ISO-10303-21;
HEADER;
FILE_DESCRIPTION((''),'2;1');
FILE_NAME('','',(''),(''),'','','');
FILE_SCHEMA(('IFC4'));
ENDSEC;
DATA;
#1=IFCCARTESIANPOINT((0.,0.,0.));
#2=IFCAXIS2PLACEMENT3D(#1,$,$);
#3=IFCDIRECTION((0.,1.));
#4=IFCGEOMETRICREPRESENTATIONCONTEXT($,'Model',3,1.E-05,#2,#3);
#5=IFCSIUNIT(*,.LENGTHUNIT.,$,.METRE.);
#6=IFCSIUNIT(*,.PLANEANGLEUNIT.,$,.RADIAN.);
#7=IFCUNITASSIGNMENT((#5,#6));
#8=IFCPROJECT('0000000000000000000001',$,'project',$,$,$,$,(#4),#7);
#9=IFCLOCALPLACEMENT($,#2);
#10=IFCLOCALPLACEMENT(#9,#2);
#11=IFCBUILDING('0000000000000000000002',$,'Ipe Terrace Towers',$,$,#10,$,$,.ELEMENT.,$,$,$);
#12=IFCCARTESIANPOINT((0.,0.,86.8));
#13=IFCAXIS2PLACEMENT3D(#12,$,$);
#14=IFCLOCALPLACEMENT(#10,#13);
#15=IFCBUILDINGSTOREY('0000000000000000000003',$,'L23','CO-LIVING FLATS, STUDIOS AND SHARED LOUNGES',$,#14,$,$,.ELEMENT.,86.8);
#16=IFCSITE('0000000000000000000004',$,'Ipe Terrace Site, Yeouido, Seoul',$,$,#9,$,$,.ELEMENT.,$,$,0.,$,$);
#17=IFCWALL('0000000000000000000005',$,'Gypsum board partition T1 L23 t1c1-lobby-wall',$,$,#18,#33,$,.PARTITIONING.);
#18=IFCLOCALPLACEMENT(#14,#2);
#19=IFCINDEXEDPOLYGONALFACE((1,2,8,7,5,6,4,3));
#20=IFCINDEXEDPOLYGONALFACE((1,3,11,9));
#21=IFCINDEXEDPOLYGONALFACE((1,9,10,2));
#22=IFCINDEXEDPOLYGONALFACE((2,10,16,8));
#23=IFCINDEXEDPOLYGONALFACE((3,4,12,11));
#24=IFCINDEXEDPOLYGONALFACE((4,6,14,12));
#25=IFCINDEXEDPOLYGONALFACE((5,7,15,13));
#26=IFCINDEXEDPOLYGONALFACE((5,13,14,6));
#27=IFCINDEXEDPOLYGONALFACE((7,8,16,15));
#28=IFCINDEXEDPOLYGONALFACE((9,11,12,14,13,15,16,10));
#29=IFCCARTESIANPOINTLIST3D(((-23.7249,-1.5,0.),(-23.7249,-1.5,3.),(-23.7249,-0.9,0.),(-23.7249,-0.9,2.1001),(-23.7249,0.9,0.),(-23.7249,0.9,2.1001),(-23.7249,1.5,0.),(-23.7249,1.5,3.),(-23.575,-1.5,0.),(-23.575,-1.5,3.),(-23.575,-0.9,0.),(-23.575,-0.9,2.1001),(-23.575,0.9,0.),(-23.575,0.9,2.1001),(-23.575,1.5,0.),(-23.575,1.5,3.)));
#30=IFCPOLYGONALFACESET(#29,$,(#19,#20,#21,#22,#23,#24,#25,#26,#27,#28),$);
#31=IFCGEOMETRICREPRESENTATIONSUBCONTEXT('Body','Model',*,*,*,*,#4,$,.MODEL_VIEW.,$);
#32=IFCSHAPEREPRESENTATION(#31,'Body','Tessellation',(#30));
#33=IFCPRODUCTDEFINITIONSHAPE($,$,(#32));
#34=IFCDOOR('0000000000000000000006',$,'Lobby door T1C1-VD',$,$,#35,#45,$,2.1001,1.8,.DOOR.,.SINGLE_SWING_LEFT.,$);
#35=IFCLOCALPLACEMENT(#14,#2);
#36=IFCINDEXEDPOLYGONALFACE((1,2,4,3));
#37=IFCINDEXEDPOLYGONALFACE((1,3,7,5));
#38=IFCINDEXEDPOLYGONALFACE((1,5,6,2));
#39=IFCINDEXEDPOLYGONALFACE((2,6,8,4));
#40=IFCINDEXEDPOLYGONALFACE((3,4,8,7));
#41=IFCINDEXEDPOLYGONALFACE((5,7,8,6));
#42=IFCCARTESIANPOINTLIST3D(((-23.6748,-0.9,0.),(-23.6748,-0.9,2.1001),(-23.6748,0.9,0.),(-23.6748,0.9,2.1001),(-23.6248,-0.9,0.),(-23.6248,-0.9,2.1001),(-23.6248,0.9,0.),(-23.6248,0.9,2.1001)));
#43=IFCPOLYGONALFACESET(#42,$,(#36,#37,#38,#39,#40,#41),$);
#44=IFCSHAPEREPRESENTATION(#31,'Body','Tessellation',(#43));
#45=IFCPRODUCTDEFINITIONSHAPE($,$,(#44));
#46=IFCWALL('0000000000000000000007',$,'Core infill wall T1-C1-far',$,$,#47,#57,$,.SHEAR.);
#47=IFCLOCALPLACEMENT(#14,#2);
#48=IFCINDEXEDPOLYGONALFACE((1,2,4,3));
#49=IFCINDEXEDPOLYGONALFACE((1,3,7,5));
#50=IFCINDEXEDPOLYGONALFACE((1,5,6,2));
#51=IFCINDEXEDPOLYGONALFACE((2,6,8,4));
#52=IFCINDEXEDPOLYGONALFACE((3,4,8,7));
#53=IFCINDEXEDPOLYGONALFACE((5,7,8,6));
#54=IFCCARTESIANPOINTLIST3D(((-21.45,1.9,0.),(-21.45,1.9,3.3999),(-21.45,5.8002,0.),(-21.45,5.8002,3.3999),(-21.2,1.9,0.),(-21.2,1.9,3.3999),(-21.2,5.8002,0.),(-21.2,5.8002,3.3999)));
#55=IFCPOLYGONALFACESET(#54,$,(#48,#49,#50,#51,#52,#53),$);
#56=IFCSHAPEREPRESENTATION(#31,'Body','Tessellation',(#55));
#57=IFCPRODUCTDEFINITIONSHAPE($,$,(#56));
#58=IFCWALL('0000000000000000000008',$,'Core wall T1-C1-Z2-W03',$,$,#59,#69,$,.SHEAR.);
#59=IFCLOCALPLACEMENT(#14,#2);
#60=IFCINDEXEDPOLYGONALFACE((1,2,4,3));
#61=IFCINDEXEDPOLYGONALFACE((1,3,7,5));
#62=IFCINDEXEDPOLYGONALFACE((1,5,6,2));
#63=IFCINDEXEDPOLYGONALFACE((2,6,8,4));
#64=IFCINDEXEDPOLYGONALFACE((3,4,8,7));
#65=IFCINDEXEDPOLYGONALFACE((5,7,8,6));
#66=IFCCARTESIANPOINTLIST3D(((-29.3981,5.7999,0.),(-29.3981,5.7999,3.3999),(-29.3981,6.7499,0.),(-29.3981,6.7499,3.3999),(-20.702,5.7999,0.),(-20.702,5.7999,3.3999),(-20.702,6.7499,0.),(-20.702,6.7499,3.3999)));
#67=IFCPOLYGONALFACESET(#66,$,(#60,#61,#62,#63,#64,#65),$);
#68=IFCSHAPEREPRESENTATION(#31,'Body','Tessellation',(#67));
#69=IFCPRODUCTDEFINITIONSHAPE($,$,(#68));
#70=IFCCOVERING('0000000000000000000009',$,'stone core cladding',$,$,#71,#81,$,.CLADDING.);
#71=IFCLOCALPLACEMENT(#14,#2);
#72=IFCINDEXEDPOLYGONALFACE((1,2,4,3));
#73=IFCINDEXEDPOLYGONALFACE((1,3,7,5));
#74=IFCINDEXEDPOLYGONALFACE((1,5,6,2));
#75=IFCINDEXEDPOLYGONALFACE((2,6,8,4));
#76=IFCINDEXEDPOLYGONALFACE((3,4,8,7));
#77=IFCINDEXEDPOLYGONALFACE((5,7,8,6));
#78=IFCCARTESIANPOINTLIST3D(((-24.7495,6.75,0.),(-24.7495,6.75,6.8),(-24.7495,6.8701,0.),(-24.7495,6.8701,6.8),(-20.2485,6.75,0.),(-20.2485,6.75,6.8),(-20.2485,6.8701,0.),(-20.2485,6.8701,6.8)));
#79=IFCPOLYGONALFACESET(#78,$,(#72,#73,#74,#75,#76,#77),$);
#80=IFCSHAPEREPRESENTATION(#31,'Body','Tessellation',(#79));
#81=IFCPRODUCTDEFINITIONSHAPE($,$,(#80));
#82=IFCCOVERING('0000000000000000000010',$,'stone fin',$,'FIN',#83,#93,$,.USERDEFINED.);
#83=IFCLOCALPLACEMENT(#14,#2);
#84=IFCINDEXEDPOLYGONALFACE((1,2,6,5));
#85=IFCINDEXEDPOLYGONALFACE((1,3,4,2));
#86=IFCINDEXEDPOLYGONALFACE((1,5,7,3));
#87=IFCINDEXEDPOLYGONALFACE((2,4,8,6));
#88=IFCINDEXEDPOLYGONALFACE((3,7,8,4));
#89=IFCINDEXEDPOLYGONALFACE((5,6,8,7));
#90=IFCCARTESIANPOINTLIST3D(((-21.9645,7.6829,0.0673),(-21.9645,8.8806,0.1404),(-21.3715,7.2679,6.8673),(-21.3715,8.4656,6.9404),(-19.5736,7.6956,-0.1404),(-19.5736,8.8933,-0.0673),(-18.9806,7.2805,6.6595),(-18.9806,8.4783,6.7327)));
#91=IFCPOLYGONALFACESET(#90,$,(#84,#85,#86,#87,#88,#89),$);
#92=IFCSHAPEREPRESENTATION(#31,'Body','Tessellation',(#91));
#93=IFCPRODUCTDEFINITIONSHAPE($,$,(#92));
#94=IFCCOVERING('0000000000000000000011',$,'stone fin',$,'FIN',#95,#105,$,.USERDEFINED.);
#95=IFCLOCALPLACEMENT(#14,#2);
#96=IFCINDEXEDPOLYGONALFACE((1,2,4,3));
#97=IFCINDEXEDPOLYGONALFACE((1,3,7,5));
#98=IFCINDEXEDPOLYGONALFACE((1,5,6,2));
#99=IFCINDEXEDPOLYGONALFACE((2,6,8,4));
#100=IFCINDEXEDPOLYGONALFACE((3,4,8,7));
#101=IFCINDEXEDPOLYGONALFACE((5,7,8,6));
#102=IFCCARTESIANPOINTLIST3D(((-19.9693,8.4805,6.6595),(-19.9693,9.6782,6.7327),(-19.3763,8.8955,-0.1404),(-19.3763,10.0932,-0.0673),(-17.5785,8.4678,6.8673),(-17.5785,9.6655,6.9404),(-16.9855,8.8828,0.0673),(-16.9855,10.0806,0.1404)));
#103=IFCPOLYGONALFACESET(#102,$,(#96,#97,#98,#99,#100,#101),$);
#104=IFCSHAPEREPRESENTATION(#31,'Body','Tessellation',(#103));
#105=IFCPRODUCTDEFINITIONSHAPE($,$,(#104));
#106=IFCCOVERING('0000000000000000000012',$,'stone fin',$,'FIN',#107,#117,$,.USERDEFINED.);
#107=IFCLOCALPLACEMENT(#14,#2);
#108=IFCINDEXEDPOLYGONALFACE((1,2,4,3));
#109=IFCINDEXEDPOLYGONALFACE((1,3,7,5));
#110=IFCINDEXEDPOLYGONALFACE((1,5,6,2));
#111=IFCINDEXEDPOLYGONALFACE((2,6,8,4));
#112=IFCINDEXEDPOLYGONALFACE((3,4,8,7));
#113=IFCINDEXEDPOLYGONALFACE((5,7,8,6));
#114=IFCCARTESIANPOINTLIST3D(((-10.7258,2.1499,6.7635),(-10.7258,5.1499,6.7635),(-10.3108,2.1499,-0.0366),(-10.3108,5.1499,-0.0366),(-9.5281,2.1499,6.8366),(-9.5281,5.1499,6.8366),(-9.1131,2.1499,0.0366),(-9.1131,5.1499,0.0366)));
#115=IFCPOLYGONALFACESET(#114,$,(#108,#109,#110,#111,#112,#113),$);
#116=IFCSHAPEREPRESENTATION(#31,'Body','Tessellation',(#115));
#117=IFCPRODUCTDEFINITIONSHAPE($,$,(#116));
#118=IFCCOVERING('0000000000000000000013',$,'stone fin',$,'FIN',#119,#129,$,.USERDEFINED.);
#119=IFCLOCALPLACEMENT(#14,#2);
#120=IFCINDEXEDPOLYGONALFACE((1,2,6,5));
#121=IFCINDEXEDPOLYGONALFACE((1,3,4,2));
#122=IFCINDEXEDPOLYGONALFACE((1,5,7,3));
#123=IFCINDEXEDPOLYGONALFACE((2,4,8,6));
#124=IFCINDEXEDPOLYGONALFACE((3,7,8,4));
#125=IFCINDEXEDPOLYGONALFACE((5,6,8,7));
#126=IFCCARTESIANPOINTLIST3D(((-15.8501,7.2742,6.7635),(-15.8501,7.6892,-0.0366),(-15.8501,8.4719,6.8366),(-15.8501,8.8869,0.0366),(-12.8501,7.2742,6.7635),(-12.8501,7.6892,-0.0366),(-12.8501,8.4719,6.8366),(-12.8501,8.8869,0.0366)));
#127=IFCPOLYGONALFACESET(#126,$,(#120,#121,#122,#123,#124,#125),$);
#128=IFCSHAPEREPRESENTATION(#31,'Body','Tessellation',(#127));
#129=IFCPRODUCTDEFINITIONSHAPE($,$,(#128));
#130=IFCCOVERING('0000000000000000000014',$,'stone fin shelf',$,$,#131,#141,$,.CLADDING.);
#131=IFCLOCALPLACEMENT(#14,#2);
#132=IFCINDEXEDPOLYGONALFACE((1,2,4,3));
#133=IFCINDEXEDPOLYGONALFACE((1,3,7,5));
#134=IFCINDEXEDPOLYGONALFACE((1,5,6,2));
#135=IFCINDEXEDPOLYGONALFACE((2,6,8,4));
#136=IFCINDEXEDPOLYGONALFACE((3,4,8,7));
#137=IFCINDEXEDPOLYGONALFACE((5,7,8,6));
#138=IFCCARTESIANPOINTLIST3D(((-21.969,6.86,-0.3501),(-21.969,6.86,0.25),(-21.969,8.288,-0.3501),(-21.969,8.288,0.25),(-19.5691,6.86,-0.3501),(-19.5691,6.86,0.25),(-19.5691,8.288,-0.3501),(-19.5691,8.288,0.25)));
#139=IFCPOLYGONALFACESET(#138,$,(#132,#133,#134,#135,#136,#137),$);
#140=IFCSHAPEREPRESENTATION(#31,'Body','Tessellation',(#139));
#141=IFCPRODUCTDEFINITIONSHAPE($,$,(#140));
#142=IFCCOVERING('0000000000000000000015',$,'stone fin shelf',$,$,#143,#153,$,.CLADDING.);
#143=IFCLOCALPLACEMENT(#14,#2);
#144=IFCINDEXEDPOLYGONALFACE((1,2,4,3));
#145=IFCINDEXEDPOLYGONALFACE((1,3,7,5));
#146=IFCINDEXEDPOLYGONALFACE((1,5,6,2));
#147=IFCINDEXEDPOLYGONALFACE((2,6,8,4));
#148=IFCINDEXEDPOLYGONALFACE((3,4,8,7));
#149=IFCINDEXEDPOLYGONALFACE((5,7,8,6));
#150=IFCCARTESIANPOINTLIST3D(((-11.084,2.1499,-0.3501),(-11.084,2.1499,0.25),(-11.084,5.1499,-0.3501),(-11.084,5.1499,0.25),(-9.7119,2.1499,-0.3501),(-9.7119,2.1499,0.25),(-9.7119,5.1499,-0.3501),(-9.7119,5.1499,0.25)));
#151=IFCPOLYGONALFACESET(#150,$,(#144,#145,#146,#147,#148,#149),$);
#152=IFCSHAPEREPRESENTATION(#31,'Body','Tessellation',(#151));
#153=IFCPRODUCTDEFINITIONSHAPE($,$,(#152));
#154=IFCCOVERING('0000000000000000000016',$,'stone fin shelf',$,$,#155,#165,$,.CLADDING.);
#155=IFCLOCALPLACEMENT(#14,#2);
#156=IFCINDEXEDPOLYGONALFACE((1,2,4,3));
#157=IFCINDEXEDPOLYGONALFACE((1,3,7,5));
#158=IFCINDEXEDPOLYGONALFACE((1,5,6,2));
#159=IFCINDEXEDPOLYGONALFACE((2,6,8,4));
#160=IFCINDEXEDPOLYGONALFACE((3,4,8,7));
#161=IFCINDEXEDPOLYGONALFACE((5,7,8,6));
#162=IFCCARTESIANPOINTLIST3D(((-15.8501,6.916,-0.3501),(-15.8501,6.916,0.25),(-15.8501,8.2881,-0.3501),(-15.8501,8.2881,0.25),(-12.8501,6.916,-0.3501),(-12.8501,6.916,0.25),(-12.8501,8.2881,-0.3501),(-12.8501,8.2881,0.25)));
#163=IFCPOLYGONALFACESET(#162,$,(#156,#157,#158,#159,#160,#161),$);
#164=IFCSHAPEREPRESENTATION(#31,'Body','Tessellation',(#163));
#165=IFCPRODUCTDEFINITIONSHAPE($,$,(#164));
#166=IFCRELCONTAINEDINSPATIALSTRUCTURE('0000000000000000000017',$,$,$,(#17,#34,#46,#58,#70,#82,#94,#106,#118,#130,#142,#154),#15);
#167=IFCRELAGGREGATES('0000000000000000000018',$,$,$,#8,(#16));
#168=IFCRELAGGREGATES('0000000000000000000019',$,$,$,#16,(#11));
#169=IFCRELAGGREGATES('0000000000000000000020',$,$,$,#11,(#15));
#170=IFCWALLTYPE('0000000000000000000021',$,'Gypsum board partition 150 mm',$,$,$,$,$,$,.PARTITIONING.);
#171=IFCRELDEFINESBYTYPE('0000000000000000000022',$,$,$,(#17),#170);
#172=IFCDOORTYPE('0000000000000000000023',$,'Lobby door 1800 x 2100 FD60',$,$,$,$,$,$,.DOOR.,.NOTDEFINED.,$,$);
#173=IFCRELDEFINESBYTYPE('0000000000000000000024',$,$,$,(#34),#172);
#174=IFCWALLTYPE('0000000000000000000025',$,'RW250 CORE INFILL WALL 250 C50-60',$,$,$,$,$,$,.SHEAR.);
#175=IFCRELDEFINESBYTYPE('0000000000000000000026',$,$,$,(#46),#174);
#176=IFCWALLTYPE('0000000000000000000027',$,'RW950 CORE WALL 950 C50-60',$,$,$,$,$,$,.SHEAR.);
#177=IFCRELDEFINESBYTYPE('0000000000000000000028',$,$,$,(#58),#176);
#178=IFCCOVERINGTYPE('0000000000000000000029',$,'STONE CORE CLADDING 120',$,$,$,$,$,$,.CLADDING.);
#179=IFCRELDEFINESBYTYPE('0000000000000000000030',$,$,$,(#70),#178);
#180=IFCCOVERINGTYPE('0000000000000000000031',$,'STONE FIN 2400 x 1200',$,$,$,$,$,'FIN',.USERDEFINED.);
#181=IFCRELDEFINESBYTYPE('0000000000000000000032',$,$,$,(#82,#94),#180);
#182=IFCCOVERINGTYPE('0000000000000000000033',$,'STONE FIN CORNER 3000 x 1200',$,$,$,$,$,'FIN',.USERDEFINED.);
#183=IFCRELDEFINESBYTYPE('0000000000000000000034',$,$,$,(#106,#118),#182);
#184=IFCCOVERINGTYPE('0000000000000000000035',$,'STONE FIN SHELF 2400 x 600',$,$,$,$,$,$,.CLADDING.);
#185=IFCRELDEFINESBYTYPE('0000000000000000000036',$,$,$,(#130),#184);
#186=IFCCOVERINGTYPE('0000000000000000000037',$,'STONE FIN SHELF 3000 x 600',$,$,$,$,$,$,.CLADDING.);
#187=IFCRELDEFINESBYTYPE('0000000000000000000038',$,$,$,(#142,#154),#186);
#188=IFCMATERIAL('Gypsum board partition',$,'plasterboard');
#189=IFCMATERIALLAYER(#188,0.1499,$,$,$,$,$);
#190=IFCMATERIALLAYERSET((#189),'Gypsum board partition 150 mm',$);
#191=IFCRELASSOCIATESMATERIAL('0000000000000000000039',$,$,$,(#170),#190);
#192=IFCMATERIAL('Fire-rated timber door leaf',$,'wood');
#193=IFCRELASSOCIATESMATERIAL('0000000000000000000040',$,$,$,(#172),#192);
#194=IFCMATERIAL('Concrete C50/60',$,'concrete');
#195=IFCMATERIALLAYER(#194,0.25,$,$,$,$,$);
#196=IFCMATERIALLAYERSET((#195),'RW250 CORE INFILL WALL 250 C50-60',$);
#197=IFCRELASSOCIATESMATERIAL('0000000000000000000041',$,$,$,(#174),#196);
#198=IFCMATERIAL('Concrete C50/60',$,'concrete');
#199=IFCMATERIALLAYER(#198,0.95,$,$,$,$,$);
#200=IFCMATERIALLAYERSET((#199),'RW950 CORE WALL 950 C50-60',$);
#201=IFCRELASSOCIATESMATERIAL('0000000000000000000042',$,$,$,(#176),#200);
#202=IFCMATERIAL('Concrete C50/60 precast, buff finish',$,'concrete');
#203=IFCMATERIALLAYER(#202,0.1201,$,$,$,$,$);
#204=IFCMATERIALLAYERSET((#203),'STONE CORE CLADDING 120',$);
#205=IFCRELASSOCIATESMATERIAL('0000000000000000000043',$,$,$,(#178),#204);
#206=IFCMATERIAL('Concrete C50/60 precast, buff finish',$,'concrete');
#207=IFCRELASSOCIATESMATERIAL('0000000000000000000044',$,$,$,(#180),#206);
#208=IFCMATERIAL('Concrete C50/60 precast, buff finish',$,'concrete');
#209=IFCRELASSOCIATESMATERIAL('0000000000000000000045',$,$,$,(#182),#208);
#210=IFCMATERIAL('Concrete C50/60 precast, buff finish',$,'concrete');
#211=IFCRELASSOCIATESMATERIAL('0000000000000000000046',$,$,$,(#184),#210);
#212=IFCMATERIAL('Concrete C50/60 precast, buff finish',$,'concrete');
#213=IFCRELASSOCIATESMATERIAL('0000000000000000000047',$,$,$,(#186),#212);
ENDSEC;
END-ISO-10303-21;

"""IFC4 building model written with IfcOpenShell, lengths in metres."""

from ifc_helpers import new_model, si_unit, direction, frame, frame_2d, origin, origin_2d, place, context, subcontext, project, spatial, rectangle, extrude, material, layer, layer_set, material_profile, profile_set, type_object, element, fill, save


model = new_model("IFC4")

# Units and contexts
model_context = context("Model", 3, precision=1e-05, world=origin(), true_north=direction((0.0, 1.0)))
body_context = subcontext(model_context, "Body", "Model", "MODEL_VIEW")
ifc_project = project(units=[si_unit("LENGTHUNIT", "METRE"), si_unit("PLANEANGLEUNIT", "RADIAN")], contexts=[model_context])

# Site, building, storey
site_placement = place(None, origin())
site = spatial("IfcSite", under=ifc_project, at=site_placement, Name="Ipe Terrace Site, Yeouido, Seoul", CompositionType="ELEMENT", RefElevation=0.0)
building_placement = place(site_placement, origin())
building = spatial("IfcBuilding", under=site, at=building_placement, Name="Ipe Terrace Towers", CompositionType="ELEMENT")
storey_placement = place(building_placement, frame((0.0, 0.0, 86.8)))
storey = spatial("IfcBuildingStorey", under=building, at=storey_placement, Name="L23", Description="CO-LIVING FLATS, STUDIOS AND SHARED LOUNGES", CompositionType="ELEMENT", Elevation=86.8)

# Wall, opening, door
ifc_material_1 = material(Name="Gypsum board partition", Category="plasterboard")
ifc_layer_1 = layer(ifc_material_1, 0.1499)
ifc_layer_set_1 = layer_set([ifc_layer_1], Name="Gypsum board partition 150 mm")
wall_type_1 = type_object("IfcWallType", Name="Gypsum board partition 150 mm", PredefinedType="PARTITIONING", material=ifc_layer_set_1)
wall_1_placement = place(storey_placement, frame((-23.6499, -1.5, 0.0), z_axis=(0.0, 0.0, 1.0), x_axis=(0.0, 1.0, 0.0)))
wall_1 = element("IfcWall", 1, at=wall_1_placement, inside=storey, type_object=wall_type_1, Name="Gypsum board partition T1 L23 t1c1-lobby-wall", PredefinedType="PARTITIONING", context=body_context, shape_type="SweptSolid", body=[
    extrude(rectangle(XDim=3.0, YDim=0.1499, at=frame_2d((1.5, 0.0))), origin(), (0.0, 0.0, 1.0), 3.0),
])
opening_1_placement = place(wall_1_placement, frame((0.6001, 0.0, 0.0)))
opening_1 = element("IfcOpeningElement", 2, at=opening_1_placement, cuts=wall_1, PredefinedType="OPENING", context=body_context, shape_type="SweptSolid", body=[
    extrude(rectangle(XDim=1.8, YDim=2.1001, at=frame_2d((0.8999, 1.05))), frame((0.0, 0.085, 0.0), z_axis=(0.0, -1.0, 0.0), x_axis=(1.0, 0.0, 0.0)), (0.0, 0.0, 1.0), 0.1699),
])
ifc_material_2 = material(Name="Fire-rated timber door leaf", Category="wood")
door_type_1 = type_object("IfcDoorType", Name="Lobby door 1800 x 2100 FD60", OperationType="NOTDEFINED", PredefinedType="DOOR", material=ifc_material_2)
door_1_placement = place(opening_1_placement, origin())
door_1 = element("IfcDoor", 3, at=door_1_placement, inside=storey, type_object=door_type_1, Name="Lobby door T1C1-VD", OperationType="SINGLE_SWING_LEFT", OverallHeight=2.1001, OverallWidth=1.8, PredefinedType="DOOR", context=body_context, shape_type="SweptSolid", body=[
    extrude(rectangle(XDim=1.8, YDim=2.1001, at=frame_2d((0.8999, 1.05))), frame((0.0, 0.0249, 0.0), z_axis=(0.0, -1.0, 0.0), x_axis=(1.0, 0.0, 0.0)), (0.0, 0.0, 1.0), 0.05),
])
fill(opening_1, door_1)

# Walls
ifc_material_3 = material(Name="Concrete C50/60", Category="concrete")
ifc_layer_2 = layer(ifc_material_3, 0.25)
ifc_layer_set_2 = layer_set([ifc_layer_2], Name="RW250 CORE INFILL WALL 250 C50-60")
wall_type_2 = type_object("IfcWallType", Name="RW250 CORE INFILL WALL 250 C50-60", PredefinedType="SHEAR", material=ifc_layer_set_2)
wall_2_placement = place(storey_placement, frame((-21.325, 1.8999, 0.0), z_axis=(0.0, 0.0, 1.0), x_axis=(0.0, 1.0, 0.0)))
element("IfcWall", 4, at=wall_2_placement, inside=storey, type_object=wall_type_2, Name="Core infill wall T1-C1-far", PredefinedType="SHEAR", context=body_context, shape_type="SweptSolid", body=[
    extrude(rectangle(XDim=3.9001, YDim=0.25, at=frame_2d((1.9502, 0.0))), origin(), (0.0, 0.0, 1.0), 3.3999),
])
ifc_material_4 = material(Name="Concrete C50/60", Category="concrete")
ifc_layer_3 = layer(ifc_material_4, 0.95)
ifc_layer_set_3 = layer_set([ifc_layer_3], Name="RW950 CORE WALL 950 C50-60")
wall_type_3 = type_object("IfcWallType", Name="RW950 CORE WALL 950 C50-60", PredefinedType="SHEAR", material=ifc_layer_set_3)
wall_3_placement = place(storey_placement, frame((-20.7019, 6.2749, 0.0), z_axis=(0.0, 0.0, 1.0), x_axis=(-1.0, 0.0, 0.0)))
element("IfcWall", 5, at=wall_3_placement, inside=storey, type_object=wall_type_3, Name="Core wall T1-C1-Z2-W03", PredefinedType="SHEAR", context=body_context, shape_type="SweptSolid", body=[
    extrude(rectangle(XDim=8.696, YDim=0.95, at=frame_2d((4.3481, 0.0))), origin(), (0.0, 0.0, 1.0), 3.3999),
])

# Coverings
ifc_material_5 = material(Name="Concrete C50/60 precast, buff finish", Category="concrete")
ifc_layer_4 = layer(ifc_material_5, 0.1201)
ifc_layer_set_4 = layer_set([ifc_layer_4], Name="STONE CORE CLADDING 120")
covering_type_1 = type_object("IfcCoveringType", Name="STONE CORE CLADDING 120", PredefinedType="CLADDING", material=ifc_layer_set_4)
covering_1_placement = place(storey_placement, frame((-22.499, 6.8101, 0.0), z_axis=(0.0, 0.0, 1.0), x_axis=(-1.0, 0.0, 0.0)))
element("IfcCovering", 6, at=covering_1_placement, inside=storey, type_object=covering_type_1, Name="stone core cladding", PredefinedType="CLADDING", context=body_context, shape_type="SweptSolid", body=[
    extrude(rectangle(XDim=4.501, YDim=0.1201, at=origin_2d()), origin(), (0.0, 0.0, 1.0), 6.8),
])
ifc_material_6 = material(Name="Concrete C50/60 precast, buff finish", Category="concrete")
ifc_material_profile_1 = material_profile(ifc_material_6, rectangle(XDim=2.3999, YDim=1.2, at=origin_2d()), Name="STONE FIN 2400 x 1200")
ifc_profile_set_1 = profile_set([ifc_material_profile_1], Name="Concrete C50/60 precast, buff finish")
covering_type_2 = type_object("IfcCoveringType", Name="STONE FIN 2400 x 1200", ElementType="FIN", PredefinedType="USERDEFINED", material=ifc_profile_set_1)
for number, where, z_axis, x_axis, name in (
    (7, (-20.769, 8.2881, 0.0), (0.086718, -0.060692, 0.994382), (-0.996233, -0.005283, 0.086557), "stone fin"),
    (8, (-18.1809, 9.488, 0.0), (-0.086718, -0.060692, 0.994382), (-0.996233, 0.005283, -0.086557), "stone fin"),
):
    element("IfcCovering", number, at=place(storey_placement, frame(where, z_axis=z_axis, x_axis=x_axis)), inside=storey, type_object=covering_type_2, Name=name, ObjectType="FIN", PredefinedType="USERDEFINED", context=body_context, shape_type="SweptSolid", body=[
        extrude(rectangle(XDim=2.3999, YDim=1.2, at=origin_2d()), origin(), (0.0, 0.0, 1.0), 6.8384),
    ])
ifc_material_7 = material(Name="Concrete C50/60 precast, buff finish", Category="concrete")
ifc_material_profile_2 = material_profile(ifc_material_7, rectangle(XDim=3.0, YDim=1.2, at=origin_2d()), Name="STONE FIN CORNER 3000 x 1200")
ifc_profile_set_2 = profile_set([ifc_material_profile_2], Name="Concrete C50/60 precast, buff finish")
covering_type_3 = type_object("IfcCoveringType", Name="STONE FIN CORNER 3000 x 1200", ElementType="FIN", PredefinedType="USERDEFINED", material=ifc_profile_set_2)
for number, where, z_axis, x_axis, name in (
    (9, (-9.7119, 3.6499, 0.0), (-0.060921, 0.0, 0.998143), (0.0, 1.0, 0.0), "stone fin"),
    (10, (-14.3501, 8.2881, 0.0), (0.0, -0.060921, 0.998143), (-1.0, 0.0, 0.0), "stone fin"),
):
    element("IfcCovering", number, at=place(storey_placement, frame(where, z_axis=z_axis, x_axis=x_axis)), inside=storey, type_object=covering_type_3, Name=name, ObjectType="FIN", PredefinedType="USERDEFINED", context=body_context, shape_type="SweptSolid", body=[
        extrude(rectangle(XDim=3.0, YDim=1.2, at=origin_2d()), origin(), (0.0, 0.0, 1.0), 6.8127),
    ])
ifc_material_8 = material(Name="Concrete C50/60 precast, buff finish", Category="concrete")
covering_type_4 = type_object("IfcCoveringType", Name="STONE FIN SHELF 2400 x 600", PredefinedType="CLADDING", material=ifc_material_8)
covering_2_placement = place(storey_placement, frame((-20.769, 7.574, -0.3501), z_axis=(0.0, 0.0, 1.0), x_axis=(-1.0, 0.0, 0.0)))
element("IfcCovering", 11, at=covering_2_placement, inside=storey, type_object=covering_type_4, Name="stone fin shelf", PredefinedType="CLADDING", context=body_context, shape_type="SweptSolid", body=[
    extrude(rectangle(XDim=2.3999, YDim=1.428, at=origin_2d()), origin(), (0.0, 0.0, 1.0), 0.6001),
])
ifc_material_9 = material(Name="Concrete C50/60 precast, buff finish", Category="concrete")
covering_type_5 = type_object("IfcCoveringType", Name="STONE FIN SHELF 3000 x 600", PredefinedType="CLADDING", material=ifc_material_9)
for number, where, z_axis, x_axis, name in (
    (12, (-10.3979, 3.6499, -0.3501), (0.0, 0.0, 1.0), (0.0, 1.0, 0.0), "stone fin shelf"),
    (13, (-14.3501, 7.6021, -0.3501), (0.0, 0.0, 1.0), (-1.0, 0.0, 0.0), "stone fin shelf"),
):
    element("IfcCovering", number, at=place(storey_placement, frame(where, z_axis=z_axis, x_axis=x_axis)), inside=storey, type_object=covering_type_5, Name=name, PredefinedType="CLADDING", context=body_context, shape_type="SweptSolid", body=[
        extrude(rectangle(XDim=3.0, YDim=1.3721, at=origin_2d()), origin(), (0.0, 0.0, 1.0), 0.6001),
    ])

save(model, "model.ifc")
